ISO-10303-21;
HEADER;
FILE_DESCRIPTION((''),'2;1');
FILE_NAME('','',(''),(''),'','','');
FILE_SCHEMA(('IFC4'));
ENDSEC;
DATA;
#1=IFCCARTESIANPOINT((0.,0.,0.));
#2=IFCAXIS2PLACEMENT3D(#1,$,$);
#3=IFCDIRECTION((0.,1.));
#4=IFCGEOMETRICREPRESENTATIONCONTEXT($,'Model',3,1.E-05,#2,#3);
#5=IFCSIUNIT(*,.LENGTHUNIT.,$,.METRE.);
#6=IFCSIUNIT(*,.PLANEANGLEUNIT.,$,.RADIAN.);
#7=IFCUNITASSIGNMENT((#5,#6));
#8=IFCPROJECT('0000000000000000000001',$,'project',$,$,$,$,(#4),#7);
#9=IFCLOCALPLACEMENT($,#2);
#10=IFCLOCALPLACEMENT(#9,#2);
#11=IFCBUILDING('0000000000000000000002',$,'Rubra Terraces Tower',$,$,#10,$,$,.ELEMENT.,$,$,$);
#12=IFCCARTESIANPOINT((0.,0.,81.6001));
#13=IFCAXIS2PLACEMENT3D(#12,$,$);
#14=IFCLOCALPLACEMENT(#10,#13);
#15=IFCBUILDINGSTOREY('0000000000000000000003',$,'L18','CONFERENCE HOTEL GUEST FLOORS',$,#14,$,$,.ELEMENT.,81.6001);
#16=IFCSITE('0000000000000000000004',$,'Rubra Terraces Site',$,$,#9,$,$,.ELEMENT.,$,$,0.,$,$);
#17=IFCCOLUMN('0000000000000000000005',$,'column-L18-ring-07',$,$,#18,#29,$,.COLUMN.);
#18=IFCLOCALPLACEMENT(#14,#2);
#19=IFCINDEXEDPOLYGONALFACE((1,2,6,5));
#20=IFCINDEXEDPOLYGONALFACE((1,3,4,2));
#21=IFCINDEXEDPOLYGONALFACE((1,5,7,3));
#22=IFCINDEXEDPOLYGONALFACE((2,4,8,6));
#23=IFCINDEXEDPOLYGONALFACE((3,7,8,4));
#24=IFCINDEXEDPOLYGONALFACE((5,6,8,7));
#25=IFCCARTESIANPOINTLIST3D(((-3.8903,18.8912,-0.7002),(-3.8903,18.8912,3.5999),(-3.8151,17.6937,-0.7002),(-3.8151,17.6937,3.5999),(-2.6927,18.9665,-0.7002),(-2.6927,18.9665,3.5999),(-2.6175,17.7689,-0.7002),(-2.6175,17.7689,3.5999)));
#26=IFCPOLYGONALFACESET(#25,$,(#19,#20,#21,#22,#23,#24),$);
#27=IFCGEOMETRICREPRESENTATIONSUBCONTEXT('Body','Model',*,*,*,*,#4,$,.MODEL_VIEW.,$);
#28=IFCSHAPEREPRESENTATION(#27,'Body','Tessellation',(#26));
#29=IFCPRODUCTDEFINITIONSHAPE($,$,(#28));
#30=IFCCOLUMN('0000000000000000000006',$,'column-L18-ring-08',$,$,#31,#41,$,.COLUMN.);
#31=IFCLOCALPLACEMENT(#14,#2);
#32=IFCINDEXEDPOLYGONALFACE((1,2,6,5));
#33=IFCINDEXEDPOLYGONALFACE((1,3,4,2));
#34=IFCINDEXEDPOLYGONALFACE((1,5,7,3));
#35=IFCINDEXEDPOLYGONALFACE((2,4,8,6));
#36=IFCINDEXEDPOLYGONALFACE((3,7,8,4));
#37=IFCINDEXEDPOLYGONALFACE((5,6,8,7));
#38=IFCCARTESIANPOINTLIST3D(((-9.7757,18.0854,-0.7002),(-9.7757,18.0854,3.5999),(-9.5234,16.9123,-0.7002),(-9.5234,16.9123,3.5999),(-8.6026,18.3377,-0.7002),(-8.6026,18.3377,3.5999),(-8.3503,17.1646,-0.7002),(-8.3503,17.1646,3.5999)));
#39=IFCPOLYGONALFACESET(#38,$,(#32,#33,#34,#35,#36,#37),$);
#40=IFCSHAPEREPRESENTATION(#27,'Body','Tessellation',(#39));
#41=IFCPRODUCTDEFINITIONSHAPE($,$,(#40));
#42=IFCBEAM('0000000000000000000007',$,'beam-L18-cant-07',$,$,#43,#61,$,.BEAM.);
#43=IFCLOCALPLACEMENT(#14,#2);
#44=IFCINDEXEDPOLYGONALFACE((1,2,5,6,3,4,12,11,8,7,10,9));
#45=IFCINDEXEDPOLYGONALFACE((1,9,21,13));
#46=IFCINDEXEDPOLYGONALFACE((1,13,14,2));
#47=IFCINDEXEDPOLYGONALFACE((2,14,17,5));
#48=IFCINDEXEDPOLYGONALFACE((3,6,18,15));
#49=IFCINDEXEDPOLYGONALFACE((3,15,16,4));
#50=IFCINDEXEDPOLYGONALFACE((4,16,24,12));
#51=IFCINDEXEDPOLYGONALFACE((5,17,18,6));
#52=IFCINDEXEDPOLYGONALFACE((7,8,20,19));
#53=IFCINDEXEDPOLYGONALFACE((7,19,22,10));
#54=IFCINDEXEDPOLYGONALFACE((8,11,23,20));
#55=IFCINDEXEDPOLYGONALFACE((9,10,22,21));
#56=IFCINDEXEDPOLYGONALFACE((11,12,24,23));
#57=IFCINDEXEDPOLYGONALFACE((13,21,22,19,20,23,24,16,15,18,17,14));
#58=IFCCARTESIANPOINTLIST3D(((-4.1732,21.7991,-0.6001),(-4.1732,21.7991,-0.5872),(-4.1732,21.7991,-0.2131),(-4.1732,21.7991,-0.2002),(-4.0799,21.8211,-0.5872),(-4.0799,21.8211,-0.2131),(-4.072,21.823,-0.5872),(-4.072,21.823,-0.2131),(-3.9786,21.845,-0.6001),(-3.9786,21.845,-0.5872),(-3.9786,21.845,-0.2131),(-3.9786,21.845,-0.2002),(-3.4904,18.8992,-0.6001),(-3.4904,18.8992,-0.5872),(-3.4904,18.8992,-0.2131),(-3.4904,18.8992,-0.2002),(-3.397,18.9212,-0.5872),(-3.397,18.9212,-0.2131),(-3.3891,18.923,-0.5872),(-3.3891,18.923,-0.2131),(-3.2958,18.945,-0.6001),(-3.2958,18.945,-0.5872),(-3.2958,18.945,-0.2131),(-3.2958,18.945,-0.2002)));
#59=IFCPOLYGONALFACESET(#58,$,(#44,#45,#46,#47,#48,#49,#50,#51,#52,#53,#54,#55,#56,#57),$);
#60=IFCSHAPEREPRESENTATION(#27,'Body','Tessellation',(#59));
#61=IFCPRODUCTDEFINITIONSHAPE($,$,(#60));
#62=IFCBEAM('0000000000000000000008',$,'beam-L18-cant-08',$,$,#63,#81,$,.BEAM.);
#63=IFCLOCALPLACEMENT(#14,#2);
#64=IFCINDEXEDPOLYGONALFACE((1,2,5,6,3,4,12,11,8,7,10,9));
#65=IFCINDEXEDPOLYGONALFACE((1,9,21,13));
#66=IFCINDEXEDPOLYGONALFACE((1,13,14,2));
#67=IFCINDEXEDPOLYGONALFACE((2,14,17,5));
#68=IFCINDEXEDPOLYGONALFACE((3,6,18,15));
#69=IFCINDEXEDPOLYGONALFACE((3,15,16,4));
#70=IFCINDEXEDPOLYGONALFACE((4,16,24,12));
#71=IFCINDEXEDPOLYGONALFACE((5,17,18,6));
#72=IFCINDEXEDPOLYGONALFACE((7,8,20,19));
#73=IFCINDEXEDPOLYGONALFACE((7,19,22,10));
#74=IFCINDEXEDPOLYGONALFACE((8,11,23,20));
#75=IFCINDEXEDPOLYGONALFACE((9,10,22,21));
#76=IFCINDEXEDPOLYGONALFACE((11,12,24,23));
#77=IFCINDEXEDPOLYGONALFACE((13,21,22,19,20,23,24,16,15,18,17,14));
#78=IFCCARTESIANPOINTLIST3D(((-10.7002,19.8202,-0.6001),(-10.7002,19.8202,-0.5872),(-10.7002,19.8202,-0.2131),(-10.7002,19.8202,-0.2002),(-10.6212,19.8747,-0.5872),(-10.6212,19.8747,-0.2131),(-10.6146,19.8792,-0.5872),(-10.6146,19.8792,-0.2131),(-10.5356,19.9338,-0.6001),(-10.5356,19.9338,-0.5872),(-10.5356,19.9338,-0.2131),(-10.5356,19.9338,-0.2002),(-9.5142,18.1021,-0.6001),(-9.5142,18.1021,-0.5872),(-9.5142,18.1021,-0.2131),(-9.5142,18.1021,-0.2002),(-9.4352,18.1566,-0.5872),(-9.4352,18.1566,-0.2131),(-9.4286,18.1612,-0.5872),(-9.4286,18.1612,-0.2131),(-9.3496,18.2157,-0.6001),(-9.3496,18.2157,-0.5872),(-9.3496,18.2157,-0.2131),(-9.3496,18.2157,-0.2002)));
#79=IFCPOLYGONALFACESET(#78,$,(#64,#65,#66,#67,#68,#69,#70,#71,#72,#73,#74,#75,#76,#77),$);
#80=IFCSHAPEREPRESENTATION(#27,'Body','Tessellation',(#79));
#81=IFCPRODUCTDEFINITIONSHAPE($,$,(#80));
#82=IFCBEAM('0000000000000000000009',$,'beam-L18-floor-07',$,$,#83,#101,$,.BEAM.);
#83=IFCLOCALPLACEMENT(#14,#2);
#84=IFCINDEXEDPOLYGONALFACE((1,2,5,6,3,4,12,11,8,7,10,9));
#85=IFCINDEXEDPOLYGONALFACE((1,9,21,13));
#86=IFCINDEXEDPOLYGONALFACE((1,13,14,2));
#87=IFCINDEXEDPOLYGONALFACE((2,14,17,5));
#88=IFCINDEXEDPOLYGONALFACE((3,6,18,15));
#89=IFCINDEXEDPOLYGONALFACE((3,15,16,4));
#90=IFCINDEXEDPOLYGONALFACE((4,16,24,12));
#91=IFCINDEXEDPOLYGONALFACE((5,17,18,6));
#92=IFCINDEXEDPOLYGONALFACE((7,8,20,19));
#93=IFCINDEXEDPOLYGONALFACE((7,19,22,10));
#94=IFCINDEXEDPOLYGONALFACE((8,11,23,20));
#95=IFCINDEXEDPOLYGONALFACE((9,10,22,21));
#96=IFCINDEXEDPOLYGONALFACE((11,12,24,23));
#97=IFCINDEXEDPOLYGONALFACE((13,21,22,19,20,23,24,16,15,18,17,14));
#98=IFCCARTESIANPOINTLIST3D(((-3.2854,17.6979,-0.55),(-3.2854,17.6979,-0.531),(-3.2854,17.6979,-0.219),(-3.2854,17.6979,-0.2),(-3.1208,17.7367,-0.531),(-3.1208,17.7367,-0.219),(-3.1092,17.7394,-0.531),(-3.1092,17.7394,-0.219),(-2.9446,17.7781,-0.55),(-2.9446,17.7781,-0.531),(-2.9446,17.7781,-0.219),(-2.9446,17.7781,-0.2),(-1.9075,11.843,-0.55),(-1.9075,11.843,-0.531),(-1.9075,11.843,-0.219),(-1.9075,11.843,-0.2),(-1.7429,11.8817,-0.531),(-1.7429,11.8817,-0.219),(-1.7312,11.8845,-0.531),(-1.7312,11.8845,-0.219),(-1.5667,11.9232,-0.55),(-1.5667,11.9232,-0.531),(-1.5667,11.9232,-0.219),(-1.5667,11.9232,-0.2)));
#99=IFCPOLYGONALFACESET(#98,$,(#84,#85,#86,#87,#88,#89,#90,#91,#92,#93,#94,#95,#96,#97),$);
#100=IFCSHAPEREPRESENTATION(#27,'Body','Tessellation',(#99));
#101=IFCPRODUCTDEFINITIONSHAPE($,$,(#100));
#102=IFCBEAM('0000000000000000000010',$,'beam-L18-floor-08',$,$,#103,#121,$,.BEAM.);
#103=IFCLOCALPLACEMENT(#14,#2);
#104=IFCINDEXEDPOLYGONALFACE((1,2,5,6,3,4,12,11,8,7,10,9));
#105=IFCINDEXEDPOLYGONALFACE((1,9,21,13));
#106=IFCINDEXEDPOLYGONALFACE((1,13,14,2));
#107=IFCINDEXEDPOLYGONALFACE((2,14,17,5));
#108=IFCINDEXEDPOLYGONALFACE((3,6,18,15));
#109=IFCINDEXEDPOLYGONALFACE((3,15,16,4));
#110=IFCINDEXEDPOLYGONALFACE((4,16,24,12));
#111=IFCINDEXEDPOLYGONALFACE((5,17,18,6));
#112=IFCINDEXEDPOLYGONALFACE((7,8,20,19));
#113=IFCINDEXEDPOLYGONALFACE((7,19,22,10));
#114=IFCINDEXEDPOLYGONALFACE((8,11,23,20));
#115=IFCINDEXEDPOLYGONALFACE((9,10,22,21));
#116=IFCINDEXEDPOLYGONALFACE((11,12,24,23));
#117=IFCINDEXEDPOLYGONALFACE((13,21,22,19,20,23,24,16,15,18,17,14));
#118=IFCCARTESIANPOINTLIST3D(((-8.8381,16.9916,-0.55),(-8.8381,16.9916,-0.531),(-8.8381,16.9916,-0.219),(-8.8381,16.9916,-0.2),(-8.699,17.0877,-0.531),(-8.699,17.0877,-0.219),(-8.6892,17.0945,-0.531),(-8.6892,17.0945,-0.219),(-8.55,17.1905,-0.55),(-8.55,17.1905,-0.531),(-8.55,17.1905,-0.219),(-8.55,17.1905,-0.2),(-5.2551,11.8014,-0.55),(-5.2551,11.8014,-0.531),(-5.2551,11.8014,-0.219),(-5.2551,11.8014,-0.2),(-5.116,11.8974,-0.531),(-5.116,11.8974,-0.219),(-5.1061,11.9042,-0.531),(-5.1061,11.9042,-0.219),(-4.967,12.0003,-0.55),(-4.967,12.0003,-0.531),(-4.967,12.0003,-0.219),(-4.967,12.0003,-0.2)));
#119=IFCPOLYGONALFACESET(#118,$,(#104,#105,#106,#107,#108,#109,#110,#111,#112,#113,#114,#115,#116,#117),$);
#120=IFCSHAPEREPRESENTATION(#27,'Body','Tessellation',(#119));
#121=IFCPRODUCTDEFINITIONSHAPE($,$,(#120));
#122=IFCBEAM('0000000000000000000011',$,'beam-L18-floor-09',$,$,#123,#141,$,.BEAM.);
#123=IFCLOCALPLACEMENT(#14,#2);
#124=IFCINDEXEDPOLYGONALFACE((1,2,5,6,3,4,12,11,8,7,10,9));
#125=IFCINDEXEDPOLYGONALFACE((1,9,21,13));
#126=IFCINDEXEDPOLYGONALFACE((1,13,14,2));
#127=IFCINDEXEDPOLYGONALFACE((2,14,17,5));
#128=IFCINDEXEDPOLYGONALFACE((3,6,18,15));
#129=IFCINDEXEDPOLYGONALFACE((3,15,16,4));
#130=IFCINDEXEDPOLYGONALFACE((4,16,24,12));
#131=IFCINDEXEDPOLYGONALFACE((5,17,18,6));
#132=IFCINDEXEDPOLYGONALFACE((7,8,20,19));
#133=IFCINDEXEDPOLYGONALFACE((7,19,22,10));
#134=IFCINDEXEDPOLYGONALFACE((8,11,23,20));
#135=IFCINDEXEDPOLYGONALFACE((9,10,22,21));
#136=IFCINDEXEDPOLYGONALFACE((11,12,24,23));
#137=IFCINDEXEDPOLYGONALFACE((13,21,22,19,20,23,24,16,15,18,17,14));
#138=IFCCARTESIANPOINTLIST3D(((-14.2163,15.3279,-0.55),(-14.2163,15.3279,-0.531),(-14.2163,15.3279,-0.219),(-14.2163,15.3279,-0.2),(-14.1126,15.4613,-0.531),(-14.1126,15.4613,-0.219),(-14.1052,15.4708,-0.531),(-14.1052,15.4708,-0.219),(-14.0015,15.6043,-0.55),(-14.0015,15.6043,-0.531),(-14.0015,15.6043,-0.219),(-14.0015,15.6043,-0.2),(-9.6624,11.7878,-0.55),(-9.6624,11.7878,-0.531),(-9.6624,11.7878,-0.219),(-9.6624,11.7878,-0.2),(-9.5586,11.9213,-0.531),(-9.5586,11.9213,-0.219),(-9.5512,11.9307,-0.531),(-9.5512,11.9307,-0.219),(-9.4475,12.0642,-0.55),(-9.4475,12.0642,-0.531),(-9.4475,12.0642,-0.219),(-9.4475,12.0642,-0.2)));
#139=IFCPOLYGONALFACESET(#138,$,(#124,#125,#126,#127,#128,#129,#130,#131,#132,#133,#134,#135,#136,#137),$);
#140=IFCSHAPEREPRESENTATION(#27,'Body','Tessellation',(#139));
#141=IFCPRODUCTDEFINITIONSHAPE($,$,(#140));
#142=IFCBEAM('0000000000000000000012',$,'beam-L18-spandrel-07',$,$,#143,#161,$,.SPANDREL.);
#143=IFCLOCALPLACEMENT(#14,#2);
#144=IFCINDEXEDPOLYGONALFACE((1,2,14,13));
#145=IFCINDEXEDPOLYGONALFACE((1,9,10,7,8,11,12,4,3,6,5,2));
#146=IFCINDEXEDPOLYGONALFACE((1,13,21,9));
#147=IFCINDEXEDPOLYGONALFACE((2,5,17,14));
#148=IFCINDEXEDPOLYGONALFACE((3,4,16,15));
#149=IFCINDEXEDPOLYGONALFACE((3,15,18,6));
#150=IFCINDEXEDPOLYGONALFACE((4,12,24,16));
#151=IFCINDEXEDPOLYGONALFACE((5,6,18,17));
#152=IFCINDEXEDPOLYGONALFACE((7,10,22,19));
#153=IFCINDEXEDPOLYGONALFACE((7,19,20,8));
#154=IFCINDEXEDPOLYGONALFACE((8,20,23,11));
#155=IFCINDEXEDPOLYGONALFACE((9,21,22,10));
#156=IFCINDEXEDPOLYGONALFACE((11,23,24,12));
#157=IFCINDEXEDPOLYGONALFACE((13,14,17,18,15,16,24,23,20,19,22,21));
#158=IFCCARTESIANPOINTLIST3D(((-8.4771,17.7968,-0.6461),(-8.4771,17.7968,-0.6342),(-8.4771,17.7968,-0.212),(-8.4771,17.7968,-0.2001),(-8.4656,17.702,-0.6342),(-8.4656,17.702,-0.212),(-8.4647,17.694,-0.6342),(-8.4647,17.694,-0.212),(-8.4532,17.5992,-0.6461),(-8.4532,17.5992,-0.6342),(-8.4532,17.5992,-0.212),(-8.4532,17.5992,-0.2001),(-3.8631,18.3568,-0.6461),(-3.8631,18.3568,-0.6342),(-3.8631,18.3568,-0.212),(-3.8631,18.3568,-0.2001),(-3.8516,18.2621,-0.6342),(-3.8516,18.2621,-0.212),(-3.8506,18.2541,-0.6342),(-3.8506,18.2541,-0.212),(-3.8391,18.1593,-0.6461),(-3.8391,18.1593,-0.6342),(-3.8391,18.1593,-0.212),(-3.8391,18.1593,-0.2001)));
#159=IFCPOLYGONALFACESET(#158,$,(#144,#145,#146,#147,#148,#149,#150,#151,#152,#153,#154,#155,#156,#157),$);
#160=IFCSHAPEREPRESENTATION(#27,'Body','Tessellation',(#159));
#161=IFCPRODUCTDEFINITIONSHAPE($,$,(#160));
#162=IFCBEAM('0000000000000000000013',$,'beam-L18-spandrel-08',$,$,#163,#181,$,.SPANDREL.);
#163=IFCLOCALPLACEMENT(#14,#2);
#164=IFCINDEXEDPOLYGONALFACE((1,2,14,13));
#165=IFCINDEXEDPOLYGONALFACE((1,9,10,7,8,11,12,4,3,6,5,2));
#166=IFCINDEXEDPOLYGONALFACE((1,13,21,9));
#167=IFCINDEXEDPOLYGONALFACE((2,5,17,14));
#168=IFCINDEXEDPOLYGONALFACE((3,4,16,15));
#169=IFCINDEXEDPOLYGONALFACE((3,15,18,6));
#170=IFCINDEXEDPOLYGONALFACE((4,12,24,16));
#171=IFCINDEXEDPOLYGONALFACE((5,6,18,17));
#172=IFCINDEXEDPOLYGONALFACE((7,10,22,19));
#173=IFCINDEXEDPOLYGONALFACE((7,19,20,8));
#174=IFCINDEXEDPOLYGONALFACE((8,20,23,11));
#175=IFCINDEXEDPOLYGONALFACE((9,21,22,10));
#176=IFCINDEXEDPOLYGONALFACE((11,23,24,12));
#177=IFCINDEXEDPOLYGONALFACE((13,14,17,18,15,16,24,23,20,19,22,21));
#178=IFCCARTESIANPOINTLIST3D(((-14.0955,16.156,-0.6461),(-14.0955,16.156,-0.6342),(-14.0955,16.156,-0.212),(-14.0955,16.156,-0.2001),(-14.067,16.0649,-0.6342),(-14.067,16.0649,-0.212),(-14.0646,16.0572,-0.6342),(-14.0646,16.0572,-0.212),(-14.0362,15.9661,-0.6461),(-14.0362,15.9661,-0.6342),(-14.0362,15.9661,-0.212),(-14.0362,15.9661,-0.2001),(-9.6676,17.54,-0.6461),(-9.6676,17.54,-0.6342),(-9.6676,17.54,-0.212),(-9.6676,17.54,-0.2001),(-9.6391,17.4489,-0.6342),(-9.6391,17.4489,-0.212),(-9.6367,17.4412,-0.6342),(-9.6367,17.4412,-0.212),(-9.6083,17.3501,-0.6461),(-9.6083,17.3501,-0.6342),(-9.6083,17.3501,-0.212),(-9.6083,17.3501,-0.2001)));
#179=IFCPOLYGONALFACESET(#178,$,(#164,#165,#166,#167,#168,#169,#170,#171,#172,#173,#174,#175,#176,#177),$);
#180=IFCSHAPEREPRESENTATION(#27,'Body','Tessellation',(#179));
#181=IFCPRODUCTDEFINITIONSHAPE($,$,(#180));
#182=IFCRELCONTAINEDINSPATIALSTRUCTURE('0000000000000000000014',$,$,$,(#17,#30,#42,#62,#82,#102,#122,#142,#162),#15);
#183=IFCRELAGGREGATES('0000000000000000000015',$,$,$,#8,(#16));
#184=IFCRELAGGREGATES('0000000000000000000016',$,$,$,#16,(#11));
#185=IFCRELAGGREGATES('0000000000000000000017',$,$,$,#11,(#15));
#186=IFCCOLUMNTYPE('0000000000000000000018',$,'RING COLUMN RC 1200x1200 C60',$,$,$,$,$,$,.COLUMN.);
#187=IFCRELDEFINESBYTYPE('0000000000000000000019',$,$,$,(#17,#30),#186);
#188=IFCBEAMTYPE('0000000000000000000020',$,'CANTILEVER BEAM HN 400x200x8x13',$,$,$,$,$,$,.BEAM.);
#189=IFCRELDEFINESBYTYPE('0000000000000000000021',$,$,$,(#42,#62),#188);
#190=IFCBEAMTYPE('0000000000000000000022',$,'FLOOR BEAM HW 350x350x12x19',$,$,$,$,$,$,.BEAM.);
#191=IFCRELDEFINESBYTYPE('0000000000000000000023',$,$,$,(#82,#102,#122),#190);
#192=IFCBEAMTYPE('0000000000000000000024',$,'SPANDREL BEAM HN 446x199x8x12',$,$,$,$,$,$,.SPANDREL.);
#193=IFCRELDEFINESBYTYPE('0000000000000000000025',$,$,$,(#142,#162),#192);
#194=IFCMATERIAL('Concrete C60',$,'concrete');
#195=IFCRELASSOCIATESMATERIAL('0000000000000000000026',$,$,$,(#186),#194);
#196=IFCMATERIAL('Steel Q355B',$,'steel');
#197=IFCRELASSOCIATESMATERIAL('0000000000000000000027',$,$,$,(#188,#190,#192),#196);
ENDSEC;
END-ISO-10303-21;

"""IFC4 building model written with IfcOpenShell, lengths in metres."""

from ifc_helpers import new_model, si_unit, direction, frame, origin, origin_2d, place, context, subcontext, project, spatial, rectangle, i_section, extrude, material, material_profile, profile_set, type_object, element, save


model = new_model("IFC4")

# Units and contexts
model_context = context("Model", 3, precision=1e-05, world=origin(), true_north=direction((0.0, 1.0)))
body_context = subcontext(model_context, "Body", "Model", "MODEL_VIEW")
ifc_project = project(units=[si_unit("LENGTHUNIT", "METRE"), si_unit("PLANEANGLEUNIT", "RADIAN")], contexts=[model_context])

# Site, building, storey
site_placement = place(None, origin())
site = spatial("IfcSite", under=ifc_project, at=site_placement, Name="Rubra Terraces Site", CompositionType="ELEMENT", RefElevation=0.0)
building_placement = place(site_placement, origin())
building = spatial("IfcBuilding", under=site, at=building_placement, Name="Rubra Terraces Tower", CompositionType="ELEMENT")
storey_placement = place(building_placement, frame((0.0, 0.0, 81.6001)))
storey = spatial("IfcBuildingStorey", under=building, at=storey_placement, Name="L18", Description="CONFERENCE HOTEL GUEST FLOORS", CompositionType="ELEMENT", Elevation=81.6001)

# Columns
ifc_material_1 = material(Name="Concrete C60", Category="concrete")
ifc_material_profile_1 = material_profile(ifc_material_1, rectangle(XDim=1.2, YDim=1.2, at=origin_2d()), Name="RC 1200x1200")
ifc_profile_set_1 = profile_set([ifc_material_profile_1], Name="Concrete C60")
column_type = type_object("IfcColumnType", Name="RING COLUMN RC 1200x1200 C60", PredefinedType="COLUMN", material=ifc_profile_set_1)
for number, where, z_axis, x_axis, name in (
    (1, (-3.2539, 18.3301, -0.7002), (0.0, 0.0, 1.0), (-0.998032, -0.062714, 0.0), "column-L18-ring-07"),
    (2, (-9.063, 17.625, -0.7002), (0.0, 0.0, 1.0), (-0.977653, -0.210227, 0.0), "column-L18-ring-08"),
):
    element("IfcColumn", number, at=place(storey_placement, frame(where, z_axis=z_axis, x_axis=x_axis)), inside=storey, type_object=column_type, Name=name, PredefinedType="COLUMN", context=body_context, shape_type="SweptSolid", body=[
        extrude(rectangle(XDim=1.2, YDim=1.2, at=origin_2d()), origin(), (0.0, 0.0, 1.0), 4.3),
    ])

# Beams
ifc_material_2 = material(Name="Steel Q355B", Category="steel")
ifc_material_profile_2 = material_profile(ifc_material_2, i_section(OverallWidth=0.2, OverallDepth=0.3999, WebThickness=0.0081, FlangeThickness=0.0129, at=origin_2d()), Name="HN 400x200x8x13")
ifc_profile_set_2 = profile_set([ifc_material_profile_2], Name="Steel Q355B")
beam_type_1 = type_object("IfcBeamType", Name="CANTILEVER BEAM HN 400x200x8x13", PredefinedType="BEAM", material=ifc_profile_set_2)
beam_1_placement = place(storey_placement, frame((-3.3931, 18.9221, -0.4001), z_axis=(-0.229208, 0.973377, 0.0), x_axis=(-0.973377, -0.229208, 0.0)))
element("IfcBeam", 3, at=beam_1_placement, inside=storey, type_object=beam_type_1, Name="beam-L18-cant-07", PredefinedType="BEAM", context=body_context, shape_type="SweptSolid", body=[
    extrude(i_section(OverallWidth=0.2, OverallDepth=0.3999, WebThickness=0.0081, FlangeThickness=0.0129, at=origin_2d()), origin(), (0.0, 0.0, 1.0), 2.9792),
])
beam_2_placement = place(storey_placement, frame((-9.4319, 18.1589, -0.4001), z_axis=(-0.568121, 0.822945, 0.0), x_axis=(-0.822945, -0.568121, 0.0)))
element("IfcBeam", 4, at=beam_2_placement, inside=storey, type_object=beam_type_1, Name="beam-L18-cant-08", PredefinedType="BEAM", context=body_context, shape_type="SweptSolid", body=[
    extrude(i_section(OverallWidth=0.2, OverallDepth=0.3999, WebThickness=0.0081, FlangeThickness=0.0129, at=origin_2d()), origin(), (0.0, 0.0, 1.0), 2.0876),
])
ifc_material_profile_3 = material_profile(ifc_material_2, i_section(OverallWidth=0.3501, OverallDepth=0.3501, WebThickness=0.012, FlangeThickness=0.019, at=origin_2d()), Name="HW 350x350x12x19")
ifc_profile_set_3 = profile_set([ifc_material_profile_3], Name="Steel Q355B")
beam_type_2 = type_object("IfcBeamType", Name="FLOOR BEAM HW 350x350x12x19", PredefinedType="BEAM", material=ifc_profile_set_3)
beam_3_placement = place(storey_placement, frame((-3.115, 17.738, -0.375), z_axis=(0.229085, -0.973407, 0.0), x_axis=(0.973407, 0.229085, 0.0)))
element("IfcBeam", 5, at=beam_3_placement, inside=storey, type_object=beam_type_2, Name="beam-L18-floor-07", PredefinedType="BEAM", context=body_context, shape_type="SweptSolid", body=[
    extrude(i_section(OverallWidth=0.3501, OverallDepth=0.3501, WebThickness=0.012, FlangeThickness=0.019, at=origin_2d()), origin(), (0.0, 0.0, 1.0), 6.0149),
])
beam_4_placement = place(storey_placement, frame((-8.6941, 17.0911, -0.375), z_axis=(0.568116, -0.822948, 0.0), x_axis=(0.822948, 0.568116, 0.0)))
element("IfcBeam", 6, at=beam_4_placement, inside=storey, type_object=beam_type_2, Name="beam-L18-floor-08", PredefinedType="BEAM", context=body_context, shape_type="SweptSolid", body=[
    extrude(i_section(OverallWidth=0.3501, OverallDepth=0.3501, WebThickness=0.012, FlangeThickness=0.019, at=origin_2d()), origin(), (0.0, 0.0, 1.0), 6.3069),
])
beam_5_placement = place(storey_placement, frame((-14.1089, 15.4661, -0.375), z_axis=(0.789514, -0.613733, 0.0), x_axis=(0.613733, 0.789514, 0.0)))
element("IfcBeam", 7, at=beam_5_placement, inside=storey, type_object=beam_type_2, Name="beam-L18-floor-09", PredefinedType="BEAM", context=body_context, shape_type="SweptSolid", body=[
    extrude(i_section(OverallWidth=0.3501, OverallDepth=0.3501, WebThickness=0.012, FlangeThickness=0.019, at=origin_2d()), origin(), (0.0, 0.0, 1.0), 5.7681),
])
ifc_material_profile_4 = material_profile(ifc_material_2, i_section(OverallWidth=0.199, OverallDepth=0.446, WebThickness=0.0081, FlangeThickness=0.012, at=origin_2d()), Name="HN 446x199x8x12")
ifc_profile_set_4 = profile_set([ifc_material_profile_4], Name="Steel Q355B")
beam_type_3 = type_object("IfcBeamType", Name="SPANDREL BEAM HN 446x199x8x12", PredefinedType="SPANDREL", material=ifc_profile_set_4)
beam_6_placement = place(storey_placement, frame((-3.8511, 18.2581, -0.4231), z_axis=(-0.992714, -0.120498, 0.0), x_axis=(0.120498, -0.992714, 0.0)))
element("IfcBeam", 8, at=beam_6_placement, inside=storey, type_object=beam_type_3, Name="beam-L18-spandrel-07", PredefinedType="SPANDREL", context=body_context, shape_type="SweptSolid", body=[
    extrude(i_section(OverallWidth=0.199, OverallDepth=0.446, WebThickness=0.0081, FlangeThickness=0.012, at=origin_2d()), origin(), (0.0, 0.0, 1.0), 4.6479),
])
beam_7_placement = place(storey_placement, frame((-9.6379, 17.4451, -0.4231), z_axis=(-0.954462, -0.298332, 0.0), x_axis=(0.298332, -0.954462, 0.0)))
element("IfcBeam", 9, at=beam_7_placement, inside=storey, type_object=beam_type_3, Name="beam-L18-spandrel-08", PredefinedType="SPANDREL", context=body_context, shape_type="SweptSolid", body=[
    extrude(i_section(OverallWidth=0.199, OverallDepth=0.446, WebThickness=0.0081, FlangeThickness=0.012, at=origin_2d()), origin(), (0.0, 0.0, 1.0), 4.6392),
])

save(model, "model.ifc")
